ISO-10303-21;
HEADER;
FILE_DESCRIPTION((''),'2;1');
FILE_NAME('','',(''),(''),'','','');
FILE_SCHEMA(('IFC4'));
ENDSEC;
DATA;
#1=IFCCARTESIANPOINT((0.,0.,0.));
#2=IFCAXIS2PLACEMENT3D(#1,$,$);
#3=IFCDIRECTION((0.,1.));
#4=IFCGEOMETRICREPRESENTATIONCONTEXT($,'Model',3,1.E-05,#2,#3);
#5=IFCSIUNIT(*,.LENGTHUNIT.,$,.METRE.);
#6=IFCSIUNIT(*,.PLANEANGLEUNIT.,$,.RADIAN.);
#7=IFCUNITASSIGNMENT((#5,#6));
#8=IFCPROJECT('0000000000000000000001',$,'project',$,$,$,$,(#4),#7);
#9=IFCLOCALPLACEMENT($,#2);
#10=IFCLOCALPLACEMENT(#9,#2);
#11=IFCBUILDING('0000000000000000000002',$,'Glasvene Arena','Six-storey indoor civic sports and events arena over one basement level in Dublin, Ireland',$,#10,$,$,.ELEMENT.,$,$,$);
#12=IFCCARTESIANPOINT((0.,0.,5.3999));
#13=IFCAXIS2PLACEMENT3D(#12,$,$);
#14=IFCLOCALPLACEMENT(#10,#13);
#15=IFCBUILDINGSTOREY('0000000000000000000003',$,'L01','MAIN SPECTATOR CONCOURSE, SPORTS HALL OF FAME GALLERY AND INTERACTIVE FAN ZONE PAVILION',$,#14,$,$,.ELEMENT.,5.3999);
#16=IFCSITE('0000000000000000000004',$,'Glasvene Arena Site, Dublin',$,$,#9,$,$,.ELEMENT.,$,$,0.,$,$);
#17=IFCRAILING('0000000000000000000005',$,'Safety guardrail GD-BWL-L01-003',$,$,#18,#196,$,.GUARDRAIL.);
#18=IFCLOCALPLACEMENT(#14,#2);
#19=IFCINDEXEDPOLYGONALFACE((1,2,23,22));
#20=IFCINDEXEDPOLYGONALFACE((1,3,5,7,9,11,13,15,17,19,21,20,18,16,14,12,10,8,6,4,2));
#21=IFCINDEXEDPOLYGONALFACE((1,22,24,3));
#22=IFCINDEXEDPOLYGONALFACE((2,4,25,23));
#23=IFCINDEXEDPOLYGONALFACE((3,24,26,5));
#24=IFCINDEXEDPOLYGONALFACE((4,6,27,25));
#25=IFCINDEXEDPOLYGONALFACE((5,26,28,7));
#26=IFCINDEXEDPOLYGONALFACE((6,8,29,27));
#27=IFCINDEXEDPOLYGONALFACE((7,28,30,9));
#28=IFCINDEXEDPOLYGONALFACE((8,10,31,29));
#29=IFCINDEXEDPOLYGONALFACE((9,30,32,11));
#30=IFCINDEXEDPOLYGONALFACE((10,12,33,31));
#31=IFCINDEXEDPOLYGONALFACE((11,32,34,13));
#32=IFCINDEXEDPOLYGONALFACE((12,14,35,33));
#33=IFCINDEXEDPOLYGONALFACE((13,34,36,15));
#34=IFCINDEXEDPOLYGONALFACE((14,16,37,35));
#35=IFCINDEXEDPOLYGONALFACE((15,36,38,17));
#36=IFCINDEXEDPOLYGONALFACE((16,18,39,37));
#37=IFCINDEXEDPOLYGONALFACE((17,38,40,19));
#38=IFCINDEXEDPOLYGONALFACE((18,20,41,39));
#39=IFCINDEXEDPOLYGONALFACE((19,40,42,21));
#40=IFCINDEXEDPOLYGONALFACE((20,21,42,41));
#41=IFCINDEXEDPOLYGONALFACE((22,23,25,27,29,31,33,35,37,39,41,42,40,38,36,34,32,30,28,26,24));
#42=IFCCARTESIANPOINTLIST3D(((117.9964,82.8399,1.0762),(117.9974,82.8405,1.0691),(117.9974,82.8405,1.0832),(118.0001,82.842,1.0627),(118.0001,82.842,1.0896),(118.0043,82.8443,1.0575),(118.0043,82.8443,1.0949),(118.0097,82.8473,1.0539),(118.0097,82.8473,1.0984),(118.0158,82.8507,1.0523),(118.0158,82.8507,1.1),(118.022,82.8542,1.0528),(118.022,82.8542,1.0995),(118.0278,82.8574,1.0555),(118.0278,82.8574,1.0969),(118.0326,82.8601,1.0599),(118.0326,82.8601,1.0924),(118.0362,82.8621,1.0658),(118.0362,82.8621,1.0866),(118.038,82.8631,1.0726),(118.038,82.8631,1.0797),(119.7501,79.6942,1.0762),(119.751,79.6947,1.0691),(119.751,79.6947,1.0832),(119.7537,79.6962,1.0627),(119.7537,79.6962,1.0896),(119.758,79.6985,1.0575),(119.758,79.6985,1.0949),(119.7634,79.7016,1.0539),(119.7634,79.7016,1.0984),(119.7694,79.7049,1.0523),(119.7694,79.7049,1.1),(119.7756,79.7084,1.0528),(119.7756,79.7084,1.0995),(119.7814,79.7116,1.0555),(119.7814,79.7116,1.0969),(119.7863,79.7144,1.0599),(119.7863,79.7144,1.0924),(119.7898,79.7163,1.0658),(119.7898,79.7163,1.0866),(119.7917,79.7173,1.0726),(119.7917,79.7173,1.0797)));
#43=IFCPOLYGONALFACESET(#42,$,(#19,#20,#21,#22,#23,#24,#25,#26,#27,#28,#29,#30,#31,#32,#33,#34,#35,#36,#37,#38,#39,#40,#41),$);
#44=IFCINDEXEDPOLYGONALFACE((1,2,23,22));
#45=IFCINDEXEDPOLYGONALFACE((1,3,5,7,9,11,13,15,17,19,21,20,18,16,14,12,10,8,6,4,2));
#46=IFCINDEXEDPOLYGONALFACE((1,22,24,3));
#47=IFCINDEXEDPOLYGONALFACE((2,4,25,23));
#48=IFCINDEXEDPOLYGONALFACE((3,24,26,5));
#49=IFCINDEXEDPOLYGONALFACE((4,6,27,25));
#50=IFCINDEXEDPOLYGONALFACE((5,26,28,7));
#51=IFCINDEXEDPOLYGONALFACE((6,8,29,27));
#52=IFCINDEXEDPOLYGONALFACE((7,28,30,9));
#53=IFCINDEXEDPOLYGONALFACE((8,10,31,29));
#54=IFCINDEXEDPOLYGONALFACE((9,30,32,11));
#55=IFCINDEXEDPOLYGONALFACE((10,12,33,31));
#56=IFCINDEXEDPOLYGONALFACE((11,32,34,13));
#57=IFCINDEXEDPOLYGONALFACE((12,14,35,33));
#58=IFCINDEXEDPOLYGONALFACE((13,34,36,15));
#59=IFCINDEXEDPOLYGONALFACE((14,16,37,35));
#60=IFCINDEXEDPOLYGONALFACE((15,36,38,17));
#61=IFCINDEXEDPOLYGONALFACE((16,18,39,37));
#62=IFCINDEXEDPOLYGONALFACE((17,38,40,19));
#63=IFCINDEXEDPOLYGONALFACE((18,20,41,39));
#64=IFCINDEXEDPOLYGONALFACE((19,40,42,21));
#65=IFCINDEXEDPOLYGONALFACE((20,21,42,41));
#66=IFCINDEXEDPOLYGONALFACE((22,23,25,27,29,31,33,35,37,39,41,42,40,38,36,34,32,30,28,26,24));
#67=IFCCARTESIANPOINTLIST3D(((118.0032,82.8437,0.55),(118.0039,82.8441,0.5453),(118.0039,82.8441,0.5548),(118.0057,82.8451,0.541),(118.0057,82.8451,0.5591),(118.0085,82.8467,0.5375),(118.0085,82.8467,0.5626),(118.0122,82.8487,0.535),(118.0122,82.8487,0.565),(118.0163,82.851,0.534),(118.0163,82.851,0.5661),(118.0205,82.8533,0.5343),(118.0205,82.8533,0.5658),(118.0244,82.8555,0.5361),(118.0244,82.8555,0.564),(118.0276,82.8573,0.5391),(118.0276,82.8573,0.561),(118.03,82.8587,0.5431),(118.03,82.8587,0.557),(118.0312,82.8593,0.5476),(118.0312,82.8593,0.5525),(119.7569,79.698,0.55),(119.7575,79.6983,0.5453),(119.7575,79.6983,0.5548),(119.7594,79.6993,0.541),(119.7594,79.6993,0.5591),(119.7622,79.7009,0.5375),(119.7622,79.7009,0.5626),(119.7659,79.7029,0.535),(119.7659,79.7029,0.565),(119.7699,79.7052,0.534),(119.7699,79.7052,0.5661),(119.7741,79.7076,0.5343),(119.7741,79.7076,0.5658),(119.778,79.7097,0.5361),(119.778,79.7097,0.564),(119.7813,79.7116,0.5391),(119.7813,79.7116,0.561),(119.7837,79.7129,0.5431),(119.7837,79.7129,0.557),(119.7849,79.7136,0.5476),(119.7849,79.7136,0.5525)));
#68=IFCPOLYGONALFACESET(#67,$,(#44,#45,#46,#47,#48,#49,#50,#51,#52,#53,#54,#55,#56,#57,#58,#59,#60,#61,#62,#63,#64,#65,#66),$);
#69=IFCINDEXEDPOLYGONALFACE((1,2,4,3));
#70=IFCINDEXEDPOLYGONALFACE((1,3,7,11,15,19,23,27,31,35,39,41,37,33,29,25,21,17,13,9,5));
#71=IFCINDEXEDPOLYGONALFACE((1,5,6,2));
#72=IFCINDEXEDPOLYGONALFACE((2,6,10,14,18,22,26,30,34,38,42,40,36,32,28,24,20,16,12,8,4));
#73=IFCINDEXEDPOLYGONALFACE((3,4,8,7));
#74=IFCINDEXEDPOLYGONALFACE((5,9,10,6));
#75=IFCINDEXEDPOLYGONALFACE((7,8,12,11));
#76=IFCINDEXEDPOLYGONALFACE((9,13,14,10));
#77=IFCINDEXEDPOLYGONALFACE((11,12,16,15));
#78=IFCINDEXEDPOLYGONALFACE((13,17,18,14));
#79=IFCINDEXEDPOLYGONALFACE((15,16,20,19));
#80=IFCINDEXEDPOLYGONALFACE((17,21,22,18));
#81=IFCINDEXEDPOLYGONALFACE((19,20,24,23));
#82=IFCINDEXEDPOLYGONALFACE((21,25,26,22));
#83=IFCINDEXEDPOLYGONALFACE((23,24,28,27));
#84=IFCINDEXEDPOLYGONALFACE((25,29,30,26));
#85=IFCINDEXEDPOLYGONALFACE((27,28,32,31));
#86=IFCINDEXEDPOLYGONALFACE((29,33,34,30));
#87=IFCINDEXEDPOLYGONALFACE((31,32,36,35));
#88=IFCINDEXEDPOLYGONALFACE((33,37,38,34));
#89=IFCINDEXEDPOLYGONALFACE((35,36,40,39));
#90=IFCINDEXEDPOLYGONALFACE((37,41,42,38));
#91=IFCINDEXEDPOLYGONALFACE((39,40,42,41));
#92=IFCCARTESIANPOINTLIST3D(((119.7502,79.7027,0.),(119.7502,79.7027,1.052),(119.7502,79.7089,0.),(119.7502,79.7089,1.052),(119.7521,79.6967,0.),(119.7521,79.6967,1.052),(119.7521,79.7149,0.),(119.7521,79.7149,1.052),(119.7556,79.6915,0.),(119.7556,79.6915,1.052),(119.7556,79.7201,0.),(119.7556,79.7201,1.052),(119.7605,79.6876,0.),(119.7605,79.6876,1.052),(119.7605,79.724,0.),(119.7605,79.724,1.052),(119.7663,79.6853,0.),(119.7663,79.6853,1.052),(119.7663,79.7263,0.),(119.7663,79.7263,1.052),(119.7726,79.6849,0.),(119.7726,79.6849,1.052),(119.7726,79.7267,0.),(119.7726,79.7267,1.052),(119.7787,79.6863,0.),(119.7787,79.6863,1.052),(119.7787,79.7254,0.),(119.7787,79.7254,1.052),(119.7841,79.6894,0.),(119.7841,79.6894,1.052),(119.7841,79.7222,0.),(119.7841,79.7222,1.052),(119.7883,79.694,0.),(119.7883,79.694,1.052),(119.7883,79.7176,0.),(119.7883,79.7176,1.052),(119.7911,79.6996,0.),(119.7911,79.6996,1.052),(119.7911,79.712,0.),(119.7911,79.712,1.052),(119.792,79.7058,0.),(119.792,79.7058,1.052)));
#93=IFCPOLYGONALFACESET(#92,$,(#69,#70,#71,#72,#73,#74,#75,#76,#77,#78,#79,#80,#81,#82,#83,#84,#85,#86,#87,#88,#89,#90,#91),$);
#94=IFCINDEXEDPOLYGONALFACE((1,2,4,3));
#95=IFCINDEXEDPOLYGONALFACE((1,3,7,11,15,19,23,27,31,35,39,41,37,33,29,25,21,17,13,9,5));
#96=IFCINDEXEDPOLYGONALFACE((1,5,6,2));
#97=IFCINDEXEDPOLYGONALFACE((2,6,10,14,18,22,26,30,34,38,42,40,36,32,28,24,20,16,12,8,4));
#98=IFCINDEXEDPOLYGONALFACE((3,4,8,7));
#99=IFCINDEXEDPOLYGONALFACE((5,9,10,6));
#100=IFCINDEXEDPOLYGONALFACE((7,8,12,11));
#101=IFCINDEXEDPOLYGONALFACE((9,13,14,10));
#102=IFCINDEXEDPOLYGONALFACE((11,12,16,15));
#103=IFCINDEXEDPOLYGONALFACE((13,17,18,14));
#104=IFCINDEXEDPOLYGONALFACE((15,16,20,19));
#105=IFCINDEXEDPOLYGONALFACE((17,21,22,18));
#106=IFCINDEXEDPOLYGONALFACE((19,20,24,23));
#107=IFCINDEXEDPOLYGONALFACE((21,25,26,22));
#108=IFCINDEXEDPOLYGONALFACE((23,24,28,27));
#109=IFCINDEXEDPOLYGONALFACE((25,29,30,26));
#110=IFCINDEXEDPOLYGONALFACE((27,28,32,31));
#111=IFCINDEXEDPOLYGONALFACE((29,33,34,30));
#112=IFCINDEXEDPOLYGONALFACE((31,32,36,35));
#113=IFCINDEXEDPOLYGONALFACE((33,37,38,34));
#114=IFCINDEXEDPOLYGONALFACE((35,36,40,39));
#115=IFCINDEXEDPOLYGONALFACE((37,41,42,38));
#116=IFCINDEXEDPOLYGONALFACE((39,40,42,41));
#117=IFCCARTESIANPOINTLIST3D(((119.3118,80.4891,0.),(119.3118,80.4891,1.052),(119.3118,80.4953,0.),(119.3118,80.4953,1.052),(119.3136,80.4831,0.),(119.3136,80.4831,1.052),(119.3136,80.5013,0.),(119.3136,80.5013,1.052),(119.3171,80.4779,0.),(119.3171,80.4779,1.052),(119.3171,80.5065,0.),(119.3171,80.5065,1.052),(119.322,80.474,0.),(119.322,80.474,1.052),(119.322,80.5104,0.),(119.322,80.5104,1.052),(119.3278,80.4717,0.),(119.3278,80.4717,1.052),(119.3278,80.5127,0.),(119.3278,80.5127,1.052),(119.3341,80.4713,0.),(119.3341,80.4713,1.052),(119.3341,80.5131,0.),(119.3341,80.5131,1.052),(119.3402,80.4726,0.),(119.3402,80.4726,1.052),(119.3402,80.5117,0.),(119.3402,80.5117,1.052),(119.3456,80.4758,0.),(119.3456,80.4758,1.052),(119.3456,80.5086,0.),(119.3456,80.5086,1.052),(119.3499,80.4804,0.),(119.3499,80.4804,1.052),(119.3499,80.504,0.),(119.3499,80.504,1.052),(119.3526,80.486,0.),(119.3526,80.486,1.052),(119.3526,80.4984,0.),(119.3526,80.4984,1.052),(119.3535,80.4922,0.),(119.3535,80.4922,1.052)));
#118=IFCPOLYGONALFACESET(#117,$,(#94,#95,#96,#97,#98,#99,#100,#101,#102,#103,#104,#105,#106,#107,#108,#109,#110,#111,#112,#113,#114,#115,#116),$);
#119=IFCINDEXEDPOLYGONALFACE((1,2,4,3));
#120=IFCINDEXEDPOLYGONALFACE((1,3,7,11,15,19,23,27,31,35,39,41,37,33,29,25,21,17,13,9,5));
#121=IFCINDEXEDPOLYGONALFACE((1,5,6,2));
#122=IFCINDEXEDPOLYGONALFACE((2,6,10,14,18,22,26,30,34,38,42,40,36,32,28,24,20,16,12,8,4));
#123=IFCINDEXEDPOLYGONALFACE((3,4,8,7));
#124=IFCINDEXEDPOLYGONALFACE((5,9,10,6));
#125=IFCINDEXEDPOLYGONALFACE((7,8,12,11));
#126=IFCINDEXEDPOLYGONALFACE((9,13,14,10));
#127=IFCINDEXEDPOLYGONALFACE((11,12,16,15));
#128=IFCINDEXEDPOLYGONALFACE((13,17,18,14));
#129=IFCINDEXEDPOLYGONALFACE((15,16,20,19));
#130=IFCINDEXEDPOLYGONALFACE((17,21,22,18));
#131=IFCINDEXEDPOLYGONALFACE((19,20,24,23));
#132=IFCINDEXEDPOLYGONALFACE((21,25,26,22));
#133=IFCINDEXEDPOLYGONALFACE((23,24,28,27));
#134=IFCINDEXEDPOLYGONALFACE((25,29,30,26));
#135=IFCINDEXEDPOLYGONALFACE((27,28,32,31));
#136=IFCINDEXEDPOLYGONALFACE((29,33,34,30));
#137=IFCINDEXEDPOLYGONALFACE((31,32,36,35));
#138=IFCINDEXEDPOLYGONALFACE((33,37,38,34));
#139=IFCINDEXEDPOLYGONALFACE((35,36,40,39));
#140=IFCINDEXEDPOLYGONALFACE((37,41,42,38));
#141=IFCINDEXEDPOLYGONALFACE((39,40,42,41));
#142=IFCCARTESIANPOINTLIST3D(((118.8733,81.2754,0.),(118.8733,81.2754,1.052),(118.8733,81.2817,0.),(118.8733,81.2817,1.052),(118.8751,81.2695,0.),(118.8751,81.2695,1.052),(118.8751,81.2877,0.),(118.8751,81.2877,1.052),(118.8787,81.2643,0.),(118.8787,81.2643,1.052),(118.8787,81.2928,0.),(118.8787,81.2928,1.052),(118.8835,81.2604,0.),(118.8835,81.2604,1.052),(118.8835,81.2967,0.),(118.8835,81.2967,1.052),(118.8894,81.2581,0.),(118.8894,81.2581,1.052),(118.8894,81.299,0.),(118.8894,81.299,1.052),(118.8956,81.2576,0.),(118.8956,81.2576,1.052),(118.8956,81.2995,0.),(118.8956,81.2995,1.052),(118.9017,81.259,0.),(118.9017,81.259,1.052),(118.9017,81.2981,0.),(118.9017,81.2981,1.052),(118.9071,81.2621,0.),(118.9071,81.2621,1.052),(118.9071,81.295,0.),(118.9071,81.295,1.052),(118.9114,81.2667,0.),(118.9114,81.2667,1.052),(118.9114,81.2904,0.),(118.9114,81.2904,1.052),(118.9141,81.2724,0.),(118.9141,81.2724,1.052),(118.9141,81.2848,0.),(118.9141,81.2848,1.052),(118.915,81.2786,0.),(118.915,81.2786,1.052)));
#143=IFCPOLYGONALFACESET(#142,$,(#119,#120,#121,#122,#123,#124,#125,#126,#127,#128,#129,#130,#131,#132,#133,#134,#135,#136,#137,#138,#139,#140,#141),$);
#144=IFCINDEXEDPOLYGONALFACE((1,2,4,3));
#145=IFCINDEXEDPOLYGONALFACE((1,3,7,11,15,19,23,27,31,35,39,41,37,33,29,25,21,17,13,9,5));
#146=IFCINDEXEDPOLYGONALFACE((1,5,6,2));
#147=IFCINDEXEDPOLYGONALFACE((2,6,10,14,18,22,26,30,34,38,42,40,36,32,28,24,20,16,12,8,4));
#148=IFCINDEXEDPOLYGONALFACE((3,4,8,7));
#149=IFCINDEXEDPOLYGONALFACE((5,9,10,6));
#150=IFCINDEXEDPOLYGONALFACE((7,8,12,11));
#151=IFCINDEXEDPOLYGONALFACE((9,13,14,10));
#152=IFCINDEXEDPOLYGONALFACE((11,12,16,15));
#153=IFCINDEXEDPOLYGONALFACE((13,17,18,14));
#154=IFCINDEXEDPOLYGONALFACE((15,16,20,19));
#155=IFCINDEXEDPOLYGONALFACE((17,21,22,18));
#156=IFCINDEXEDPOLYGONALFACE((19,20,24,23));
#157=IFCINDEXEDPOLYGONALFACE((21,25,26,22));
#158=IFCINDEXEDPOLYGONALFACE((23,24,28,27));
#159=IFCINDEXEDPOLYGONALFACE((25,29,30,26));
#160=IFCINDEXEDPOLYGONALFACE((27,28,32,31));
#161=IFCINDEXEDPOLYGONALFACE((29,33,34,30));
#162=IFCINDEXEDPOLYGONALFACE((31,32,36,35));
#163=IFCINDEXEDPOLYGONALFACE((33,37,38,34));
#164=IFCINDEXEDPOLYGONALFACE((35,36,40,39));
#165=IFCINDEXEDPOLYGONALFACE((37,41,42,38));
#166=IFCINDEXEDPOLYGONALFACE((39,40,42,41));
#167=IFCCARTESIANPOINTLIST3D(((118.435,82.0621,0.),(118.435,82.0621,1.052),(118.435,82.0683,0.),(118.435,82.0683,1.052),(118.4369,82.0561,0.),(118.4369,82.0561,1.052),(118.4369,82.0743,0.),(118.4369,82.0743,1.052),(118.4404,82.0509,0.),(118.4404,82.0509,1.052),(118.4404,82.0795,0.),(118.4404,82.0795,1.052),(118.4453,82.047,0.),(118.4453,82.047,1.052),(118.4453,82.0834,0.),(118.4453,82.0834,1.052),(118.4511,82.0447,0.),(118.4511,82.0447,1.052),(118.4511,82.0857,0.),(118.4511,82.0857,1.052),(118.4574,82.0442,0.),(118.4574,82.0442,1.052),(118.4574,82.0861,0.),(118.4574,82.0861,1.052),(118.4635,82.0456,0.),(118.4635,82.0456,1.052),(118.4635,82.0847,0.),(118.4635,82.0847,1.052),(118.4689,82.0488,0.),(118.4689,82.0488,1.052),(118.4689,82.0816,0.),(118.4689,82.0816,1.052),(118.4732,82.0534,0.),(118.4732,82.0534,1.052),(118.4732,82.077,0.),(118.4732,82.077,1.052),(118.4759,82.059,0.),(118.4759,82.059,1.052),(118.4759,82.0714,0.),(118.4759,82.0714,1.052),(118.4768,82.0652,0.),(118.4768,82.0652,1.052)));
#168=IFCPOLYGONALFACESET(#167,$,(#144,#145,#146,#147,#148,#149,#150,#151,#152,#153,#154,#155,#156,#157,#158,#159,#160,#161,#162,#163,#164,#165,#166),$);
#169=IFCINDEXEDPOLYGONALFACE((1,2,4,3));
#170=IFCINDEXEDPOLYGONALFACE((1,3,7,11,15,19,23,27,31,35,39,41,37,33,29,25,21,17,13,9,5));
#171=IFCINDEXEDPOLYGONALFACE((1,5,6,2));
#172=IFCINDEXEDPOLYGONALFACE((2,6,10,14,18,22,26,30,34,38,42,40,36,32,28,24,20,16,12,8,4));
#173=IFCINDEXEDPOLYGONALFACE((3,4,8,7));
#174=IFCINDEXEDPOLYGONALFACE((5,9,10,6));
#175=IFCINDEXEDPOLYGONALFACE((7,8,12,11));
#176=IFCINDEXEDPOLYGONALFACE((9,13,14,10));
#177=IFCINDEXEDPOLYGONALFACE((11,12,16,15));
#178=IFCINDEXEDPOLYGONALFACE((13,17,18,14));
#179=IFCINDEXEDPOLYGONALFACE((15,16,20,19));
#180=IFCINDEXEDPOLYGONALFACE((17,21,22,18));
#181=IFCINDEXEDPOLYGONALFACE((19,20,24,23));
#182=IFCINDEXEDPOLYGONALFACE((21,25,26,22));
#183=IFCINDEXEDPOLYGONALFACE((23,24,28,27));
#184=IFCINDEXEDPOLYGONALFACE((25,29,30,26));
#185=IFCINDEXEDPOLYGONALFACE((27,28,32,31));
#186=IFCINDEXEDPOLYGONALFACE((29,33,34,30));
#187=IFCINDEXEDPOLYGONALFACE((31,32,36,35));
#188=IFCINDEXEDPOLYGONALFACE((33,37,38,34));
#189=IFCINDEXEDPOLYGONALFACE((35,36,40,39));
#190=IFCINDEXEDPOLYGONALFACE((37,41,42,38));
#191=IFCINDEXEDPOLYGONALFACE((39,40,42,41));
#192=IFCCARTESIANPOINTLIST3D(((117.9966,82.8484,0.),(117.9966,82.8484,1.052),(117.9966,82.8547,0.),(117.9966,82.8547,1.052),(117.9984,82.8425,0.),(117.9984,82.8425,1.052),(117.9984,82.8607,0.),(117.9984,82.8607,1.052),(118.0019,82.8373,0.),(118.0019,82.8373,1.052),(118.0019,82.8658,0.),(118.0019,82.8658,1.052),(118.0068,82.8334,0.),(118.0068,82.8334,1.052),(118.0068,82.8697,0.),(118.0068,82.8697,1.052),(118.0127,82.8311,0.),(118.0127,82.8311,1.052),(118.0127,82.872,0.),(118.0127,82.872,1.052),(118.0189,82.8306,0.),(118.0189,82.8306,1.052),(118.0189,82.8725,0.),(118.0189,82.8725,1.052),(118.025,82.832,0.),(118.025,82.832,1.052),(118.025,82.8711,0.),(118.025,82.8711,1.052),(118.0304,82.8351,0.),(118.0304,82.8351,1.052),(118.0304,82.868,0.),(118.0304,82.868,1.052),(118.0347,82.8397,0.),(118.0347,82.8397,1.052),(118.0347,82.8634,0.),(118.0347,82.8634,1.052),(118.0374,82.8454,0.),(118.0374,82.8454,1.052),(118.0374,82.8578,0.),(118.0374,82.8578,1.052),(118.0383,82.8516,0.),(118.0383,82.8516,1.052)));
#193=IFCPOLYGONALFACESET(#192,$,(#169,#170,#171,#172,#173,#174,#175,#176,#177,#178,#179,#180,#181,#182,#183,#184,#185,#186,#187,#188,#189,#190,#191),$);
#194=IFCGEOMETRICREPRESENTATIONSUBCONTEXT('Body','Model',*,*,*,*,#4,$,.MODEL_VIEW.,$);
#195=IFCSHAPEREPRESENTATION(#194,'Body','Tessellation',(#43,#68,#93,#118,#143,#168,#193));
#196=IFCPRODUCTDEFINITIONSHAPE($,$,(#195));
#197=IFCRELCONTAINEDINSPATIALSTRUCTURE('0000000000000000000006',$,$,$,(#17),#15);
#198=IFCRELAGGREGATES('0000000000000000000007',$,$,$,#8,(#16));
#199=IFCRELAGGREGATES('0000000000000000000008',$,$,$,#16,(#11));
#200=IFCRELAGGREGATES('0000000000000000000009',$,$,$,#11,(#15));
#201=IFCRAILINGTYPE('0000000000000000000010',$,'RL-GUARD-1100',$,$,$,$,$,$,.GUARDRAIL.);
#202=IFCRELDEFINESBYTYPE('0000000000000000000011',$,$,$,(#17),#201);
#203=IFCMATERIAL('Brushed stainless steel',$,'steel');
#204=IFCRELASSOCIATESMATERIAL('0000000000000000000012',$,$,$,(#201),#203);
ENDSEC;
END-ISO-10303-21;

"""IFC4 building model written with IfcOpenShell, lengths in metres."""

from ifc_helpers import new_model, si_unit, direction, frame, origin, origin_2d, place, context, subcontext, project, spatial, circle, extrude, material, type_object, element, save


model = new_model("IFC4")

# Units and contexts
model_context = context("Model", 3, precision=1e-05, world=origin(), true_north=direction((0.0, 1.0)))
body_context = subcontext(model_context, "Body", "Model", "MODEL_VIEW")
ifc_project = project(units=[si_unit("LENGTHUNIT", "METRE"), si_unit("PLANEANGLEUNIT", "RADIAN")], contexts=[model_context])

# Site, building, storey
site_placement = place(None, origin())
site = spatial("IfcSite", under=ifc_project, at=site_placement, Name="Glasvene Arena Site, Dublin", CompositionType="ELEMENT", RefElevation=0.0)
building_placement = place(site_placement, origin())
building = spatial("IfcBuilding", under=site, at=building_placement, Name="Glasvene Arena", Description="Six-storey indoor civic sports and events arena over one basement level in Dublin, Ireland", CompositionType="ELEMENT")
storey_placement = place(building_placement, frame((0.0, 0.0, 5.3999)))
storey = spatial("IfcBuildingStorey", under=building, at=storey_placement, Name="L01", Description="MAIN SPECTATOR CONCOURSE, SPORTS HALL OF FAME GALLERY AND INTERACTIVE FAN ZONE PAVILION", CompositionType="ELEMENT", Elevation=5.3999)

# Shared definitions
ifc_material_1 = material(Name="Brushed stainless steel", Category="steel")

# Railing
railing_type = type_object("IfcRailingType", Name="RL-GUARD-1100", PredefinedType="GUARDRAIL", material=ifc_material_1)
railing_1_placement = place(storey_placement, frame((119.771, 79.7058, 0.0)))
element("IfcRailing", 1, at=railing_1_placement, inside=storey, type_object=railing_type, Name="Safety guardrail GD-BWL-L01-003", PredefinedType="GUARDRAIL", context=body_context, shape_type="SweptSolid", body=[
    extrude(circle(Radius=0.0239, at=origin_2d()), frame((0.0, 0.0, 1.0762), z_axis=(-0.48692, 0.873446, 0.0), x_axis=(-0.873446, -0.48692, 0.0)), (0.0, 0.0, 1.0), 3.6016),
    extrude(circle(Radius=0.0161, at=origin_2d()), frame((0.0, 0.0, 0.55), z_axis=(-0.48692, 0.873446, 0.0), x_axis=(-0.873446, -0.48692, 0.0)), (0.0, 0.0, 1.0), 3.6016),
    extrude(circle(Radius=0.021, at=origin_2d()), origin(), (0.0, 0.0, 1.0), 1.052),
    extrude(circle(Radius=0.021, at=origin_2d()), frame((-0.4385, 0.7864, 0.0)), (0.0, 0.0, 1.0), 1.052),
    extrude(circle(Radius=0.021, at=origin_2d()), frame((-0.877, 1.5728, 0.0)), (0.0, 0.0, 1.0), 1.052),
    extrude(circle(Radius=0.021, at=origin_2d()), frame((-1.3152, 2.3594, 0.0)), (0.0, 0.0, 1.0), 1.052),
    extrude(circle(Radius=0.021, at=origin_2d()), frame((-1.7537, 3.1458, 0.0)), (0.0, 0.0, 1.0), 1.052),
])

save(model, "model.ifc")
